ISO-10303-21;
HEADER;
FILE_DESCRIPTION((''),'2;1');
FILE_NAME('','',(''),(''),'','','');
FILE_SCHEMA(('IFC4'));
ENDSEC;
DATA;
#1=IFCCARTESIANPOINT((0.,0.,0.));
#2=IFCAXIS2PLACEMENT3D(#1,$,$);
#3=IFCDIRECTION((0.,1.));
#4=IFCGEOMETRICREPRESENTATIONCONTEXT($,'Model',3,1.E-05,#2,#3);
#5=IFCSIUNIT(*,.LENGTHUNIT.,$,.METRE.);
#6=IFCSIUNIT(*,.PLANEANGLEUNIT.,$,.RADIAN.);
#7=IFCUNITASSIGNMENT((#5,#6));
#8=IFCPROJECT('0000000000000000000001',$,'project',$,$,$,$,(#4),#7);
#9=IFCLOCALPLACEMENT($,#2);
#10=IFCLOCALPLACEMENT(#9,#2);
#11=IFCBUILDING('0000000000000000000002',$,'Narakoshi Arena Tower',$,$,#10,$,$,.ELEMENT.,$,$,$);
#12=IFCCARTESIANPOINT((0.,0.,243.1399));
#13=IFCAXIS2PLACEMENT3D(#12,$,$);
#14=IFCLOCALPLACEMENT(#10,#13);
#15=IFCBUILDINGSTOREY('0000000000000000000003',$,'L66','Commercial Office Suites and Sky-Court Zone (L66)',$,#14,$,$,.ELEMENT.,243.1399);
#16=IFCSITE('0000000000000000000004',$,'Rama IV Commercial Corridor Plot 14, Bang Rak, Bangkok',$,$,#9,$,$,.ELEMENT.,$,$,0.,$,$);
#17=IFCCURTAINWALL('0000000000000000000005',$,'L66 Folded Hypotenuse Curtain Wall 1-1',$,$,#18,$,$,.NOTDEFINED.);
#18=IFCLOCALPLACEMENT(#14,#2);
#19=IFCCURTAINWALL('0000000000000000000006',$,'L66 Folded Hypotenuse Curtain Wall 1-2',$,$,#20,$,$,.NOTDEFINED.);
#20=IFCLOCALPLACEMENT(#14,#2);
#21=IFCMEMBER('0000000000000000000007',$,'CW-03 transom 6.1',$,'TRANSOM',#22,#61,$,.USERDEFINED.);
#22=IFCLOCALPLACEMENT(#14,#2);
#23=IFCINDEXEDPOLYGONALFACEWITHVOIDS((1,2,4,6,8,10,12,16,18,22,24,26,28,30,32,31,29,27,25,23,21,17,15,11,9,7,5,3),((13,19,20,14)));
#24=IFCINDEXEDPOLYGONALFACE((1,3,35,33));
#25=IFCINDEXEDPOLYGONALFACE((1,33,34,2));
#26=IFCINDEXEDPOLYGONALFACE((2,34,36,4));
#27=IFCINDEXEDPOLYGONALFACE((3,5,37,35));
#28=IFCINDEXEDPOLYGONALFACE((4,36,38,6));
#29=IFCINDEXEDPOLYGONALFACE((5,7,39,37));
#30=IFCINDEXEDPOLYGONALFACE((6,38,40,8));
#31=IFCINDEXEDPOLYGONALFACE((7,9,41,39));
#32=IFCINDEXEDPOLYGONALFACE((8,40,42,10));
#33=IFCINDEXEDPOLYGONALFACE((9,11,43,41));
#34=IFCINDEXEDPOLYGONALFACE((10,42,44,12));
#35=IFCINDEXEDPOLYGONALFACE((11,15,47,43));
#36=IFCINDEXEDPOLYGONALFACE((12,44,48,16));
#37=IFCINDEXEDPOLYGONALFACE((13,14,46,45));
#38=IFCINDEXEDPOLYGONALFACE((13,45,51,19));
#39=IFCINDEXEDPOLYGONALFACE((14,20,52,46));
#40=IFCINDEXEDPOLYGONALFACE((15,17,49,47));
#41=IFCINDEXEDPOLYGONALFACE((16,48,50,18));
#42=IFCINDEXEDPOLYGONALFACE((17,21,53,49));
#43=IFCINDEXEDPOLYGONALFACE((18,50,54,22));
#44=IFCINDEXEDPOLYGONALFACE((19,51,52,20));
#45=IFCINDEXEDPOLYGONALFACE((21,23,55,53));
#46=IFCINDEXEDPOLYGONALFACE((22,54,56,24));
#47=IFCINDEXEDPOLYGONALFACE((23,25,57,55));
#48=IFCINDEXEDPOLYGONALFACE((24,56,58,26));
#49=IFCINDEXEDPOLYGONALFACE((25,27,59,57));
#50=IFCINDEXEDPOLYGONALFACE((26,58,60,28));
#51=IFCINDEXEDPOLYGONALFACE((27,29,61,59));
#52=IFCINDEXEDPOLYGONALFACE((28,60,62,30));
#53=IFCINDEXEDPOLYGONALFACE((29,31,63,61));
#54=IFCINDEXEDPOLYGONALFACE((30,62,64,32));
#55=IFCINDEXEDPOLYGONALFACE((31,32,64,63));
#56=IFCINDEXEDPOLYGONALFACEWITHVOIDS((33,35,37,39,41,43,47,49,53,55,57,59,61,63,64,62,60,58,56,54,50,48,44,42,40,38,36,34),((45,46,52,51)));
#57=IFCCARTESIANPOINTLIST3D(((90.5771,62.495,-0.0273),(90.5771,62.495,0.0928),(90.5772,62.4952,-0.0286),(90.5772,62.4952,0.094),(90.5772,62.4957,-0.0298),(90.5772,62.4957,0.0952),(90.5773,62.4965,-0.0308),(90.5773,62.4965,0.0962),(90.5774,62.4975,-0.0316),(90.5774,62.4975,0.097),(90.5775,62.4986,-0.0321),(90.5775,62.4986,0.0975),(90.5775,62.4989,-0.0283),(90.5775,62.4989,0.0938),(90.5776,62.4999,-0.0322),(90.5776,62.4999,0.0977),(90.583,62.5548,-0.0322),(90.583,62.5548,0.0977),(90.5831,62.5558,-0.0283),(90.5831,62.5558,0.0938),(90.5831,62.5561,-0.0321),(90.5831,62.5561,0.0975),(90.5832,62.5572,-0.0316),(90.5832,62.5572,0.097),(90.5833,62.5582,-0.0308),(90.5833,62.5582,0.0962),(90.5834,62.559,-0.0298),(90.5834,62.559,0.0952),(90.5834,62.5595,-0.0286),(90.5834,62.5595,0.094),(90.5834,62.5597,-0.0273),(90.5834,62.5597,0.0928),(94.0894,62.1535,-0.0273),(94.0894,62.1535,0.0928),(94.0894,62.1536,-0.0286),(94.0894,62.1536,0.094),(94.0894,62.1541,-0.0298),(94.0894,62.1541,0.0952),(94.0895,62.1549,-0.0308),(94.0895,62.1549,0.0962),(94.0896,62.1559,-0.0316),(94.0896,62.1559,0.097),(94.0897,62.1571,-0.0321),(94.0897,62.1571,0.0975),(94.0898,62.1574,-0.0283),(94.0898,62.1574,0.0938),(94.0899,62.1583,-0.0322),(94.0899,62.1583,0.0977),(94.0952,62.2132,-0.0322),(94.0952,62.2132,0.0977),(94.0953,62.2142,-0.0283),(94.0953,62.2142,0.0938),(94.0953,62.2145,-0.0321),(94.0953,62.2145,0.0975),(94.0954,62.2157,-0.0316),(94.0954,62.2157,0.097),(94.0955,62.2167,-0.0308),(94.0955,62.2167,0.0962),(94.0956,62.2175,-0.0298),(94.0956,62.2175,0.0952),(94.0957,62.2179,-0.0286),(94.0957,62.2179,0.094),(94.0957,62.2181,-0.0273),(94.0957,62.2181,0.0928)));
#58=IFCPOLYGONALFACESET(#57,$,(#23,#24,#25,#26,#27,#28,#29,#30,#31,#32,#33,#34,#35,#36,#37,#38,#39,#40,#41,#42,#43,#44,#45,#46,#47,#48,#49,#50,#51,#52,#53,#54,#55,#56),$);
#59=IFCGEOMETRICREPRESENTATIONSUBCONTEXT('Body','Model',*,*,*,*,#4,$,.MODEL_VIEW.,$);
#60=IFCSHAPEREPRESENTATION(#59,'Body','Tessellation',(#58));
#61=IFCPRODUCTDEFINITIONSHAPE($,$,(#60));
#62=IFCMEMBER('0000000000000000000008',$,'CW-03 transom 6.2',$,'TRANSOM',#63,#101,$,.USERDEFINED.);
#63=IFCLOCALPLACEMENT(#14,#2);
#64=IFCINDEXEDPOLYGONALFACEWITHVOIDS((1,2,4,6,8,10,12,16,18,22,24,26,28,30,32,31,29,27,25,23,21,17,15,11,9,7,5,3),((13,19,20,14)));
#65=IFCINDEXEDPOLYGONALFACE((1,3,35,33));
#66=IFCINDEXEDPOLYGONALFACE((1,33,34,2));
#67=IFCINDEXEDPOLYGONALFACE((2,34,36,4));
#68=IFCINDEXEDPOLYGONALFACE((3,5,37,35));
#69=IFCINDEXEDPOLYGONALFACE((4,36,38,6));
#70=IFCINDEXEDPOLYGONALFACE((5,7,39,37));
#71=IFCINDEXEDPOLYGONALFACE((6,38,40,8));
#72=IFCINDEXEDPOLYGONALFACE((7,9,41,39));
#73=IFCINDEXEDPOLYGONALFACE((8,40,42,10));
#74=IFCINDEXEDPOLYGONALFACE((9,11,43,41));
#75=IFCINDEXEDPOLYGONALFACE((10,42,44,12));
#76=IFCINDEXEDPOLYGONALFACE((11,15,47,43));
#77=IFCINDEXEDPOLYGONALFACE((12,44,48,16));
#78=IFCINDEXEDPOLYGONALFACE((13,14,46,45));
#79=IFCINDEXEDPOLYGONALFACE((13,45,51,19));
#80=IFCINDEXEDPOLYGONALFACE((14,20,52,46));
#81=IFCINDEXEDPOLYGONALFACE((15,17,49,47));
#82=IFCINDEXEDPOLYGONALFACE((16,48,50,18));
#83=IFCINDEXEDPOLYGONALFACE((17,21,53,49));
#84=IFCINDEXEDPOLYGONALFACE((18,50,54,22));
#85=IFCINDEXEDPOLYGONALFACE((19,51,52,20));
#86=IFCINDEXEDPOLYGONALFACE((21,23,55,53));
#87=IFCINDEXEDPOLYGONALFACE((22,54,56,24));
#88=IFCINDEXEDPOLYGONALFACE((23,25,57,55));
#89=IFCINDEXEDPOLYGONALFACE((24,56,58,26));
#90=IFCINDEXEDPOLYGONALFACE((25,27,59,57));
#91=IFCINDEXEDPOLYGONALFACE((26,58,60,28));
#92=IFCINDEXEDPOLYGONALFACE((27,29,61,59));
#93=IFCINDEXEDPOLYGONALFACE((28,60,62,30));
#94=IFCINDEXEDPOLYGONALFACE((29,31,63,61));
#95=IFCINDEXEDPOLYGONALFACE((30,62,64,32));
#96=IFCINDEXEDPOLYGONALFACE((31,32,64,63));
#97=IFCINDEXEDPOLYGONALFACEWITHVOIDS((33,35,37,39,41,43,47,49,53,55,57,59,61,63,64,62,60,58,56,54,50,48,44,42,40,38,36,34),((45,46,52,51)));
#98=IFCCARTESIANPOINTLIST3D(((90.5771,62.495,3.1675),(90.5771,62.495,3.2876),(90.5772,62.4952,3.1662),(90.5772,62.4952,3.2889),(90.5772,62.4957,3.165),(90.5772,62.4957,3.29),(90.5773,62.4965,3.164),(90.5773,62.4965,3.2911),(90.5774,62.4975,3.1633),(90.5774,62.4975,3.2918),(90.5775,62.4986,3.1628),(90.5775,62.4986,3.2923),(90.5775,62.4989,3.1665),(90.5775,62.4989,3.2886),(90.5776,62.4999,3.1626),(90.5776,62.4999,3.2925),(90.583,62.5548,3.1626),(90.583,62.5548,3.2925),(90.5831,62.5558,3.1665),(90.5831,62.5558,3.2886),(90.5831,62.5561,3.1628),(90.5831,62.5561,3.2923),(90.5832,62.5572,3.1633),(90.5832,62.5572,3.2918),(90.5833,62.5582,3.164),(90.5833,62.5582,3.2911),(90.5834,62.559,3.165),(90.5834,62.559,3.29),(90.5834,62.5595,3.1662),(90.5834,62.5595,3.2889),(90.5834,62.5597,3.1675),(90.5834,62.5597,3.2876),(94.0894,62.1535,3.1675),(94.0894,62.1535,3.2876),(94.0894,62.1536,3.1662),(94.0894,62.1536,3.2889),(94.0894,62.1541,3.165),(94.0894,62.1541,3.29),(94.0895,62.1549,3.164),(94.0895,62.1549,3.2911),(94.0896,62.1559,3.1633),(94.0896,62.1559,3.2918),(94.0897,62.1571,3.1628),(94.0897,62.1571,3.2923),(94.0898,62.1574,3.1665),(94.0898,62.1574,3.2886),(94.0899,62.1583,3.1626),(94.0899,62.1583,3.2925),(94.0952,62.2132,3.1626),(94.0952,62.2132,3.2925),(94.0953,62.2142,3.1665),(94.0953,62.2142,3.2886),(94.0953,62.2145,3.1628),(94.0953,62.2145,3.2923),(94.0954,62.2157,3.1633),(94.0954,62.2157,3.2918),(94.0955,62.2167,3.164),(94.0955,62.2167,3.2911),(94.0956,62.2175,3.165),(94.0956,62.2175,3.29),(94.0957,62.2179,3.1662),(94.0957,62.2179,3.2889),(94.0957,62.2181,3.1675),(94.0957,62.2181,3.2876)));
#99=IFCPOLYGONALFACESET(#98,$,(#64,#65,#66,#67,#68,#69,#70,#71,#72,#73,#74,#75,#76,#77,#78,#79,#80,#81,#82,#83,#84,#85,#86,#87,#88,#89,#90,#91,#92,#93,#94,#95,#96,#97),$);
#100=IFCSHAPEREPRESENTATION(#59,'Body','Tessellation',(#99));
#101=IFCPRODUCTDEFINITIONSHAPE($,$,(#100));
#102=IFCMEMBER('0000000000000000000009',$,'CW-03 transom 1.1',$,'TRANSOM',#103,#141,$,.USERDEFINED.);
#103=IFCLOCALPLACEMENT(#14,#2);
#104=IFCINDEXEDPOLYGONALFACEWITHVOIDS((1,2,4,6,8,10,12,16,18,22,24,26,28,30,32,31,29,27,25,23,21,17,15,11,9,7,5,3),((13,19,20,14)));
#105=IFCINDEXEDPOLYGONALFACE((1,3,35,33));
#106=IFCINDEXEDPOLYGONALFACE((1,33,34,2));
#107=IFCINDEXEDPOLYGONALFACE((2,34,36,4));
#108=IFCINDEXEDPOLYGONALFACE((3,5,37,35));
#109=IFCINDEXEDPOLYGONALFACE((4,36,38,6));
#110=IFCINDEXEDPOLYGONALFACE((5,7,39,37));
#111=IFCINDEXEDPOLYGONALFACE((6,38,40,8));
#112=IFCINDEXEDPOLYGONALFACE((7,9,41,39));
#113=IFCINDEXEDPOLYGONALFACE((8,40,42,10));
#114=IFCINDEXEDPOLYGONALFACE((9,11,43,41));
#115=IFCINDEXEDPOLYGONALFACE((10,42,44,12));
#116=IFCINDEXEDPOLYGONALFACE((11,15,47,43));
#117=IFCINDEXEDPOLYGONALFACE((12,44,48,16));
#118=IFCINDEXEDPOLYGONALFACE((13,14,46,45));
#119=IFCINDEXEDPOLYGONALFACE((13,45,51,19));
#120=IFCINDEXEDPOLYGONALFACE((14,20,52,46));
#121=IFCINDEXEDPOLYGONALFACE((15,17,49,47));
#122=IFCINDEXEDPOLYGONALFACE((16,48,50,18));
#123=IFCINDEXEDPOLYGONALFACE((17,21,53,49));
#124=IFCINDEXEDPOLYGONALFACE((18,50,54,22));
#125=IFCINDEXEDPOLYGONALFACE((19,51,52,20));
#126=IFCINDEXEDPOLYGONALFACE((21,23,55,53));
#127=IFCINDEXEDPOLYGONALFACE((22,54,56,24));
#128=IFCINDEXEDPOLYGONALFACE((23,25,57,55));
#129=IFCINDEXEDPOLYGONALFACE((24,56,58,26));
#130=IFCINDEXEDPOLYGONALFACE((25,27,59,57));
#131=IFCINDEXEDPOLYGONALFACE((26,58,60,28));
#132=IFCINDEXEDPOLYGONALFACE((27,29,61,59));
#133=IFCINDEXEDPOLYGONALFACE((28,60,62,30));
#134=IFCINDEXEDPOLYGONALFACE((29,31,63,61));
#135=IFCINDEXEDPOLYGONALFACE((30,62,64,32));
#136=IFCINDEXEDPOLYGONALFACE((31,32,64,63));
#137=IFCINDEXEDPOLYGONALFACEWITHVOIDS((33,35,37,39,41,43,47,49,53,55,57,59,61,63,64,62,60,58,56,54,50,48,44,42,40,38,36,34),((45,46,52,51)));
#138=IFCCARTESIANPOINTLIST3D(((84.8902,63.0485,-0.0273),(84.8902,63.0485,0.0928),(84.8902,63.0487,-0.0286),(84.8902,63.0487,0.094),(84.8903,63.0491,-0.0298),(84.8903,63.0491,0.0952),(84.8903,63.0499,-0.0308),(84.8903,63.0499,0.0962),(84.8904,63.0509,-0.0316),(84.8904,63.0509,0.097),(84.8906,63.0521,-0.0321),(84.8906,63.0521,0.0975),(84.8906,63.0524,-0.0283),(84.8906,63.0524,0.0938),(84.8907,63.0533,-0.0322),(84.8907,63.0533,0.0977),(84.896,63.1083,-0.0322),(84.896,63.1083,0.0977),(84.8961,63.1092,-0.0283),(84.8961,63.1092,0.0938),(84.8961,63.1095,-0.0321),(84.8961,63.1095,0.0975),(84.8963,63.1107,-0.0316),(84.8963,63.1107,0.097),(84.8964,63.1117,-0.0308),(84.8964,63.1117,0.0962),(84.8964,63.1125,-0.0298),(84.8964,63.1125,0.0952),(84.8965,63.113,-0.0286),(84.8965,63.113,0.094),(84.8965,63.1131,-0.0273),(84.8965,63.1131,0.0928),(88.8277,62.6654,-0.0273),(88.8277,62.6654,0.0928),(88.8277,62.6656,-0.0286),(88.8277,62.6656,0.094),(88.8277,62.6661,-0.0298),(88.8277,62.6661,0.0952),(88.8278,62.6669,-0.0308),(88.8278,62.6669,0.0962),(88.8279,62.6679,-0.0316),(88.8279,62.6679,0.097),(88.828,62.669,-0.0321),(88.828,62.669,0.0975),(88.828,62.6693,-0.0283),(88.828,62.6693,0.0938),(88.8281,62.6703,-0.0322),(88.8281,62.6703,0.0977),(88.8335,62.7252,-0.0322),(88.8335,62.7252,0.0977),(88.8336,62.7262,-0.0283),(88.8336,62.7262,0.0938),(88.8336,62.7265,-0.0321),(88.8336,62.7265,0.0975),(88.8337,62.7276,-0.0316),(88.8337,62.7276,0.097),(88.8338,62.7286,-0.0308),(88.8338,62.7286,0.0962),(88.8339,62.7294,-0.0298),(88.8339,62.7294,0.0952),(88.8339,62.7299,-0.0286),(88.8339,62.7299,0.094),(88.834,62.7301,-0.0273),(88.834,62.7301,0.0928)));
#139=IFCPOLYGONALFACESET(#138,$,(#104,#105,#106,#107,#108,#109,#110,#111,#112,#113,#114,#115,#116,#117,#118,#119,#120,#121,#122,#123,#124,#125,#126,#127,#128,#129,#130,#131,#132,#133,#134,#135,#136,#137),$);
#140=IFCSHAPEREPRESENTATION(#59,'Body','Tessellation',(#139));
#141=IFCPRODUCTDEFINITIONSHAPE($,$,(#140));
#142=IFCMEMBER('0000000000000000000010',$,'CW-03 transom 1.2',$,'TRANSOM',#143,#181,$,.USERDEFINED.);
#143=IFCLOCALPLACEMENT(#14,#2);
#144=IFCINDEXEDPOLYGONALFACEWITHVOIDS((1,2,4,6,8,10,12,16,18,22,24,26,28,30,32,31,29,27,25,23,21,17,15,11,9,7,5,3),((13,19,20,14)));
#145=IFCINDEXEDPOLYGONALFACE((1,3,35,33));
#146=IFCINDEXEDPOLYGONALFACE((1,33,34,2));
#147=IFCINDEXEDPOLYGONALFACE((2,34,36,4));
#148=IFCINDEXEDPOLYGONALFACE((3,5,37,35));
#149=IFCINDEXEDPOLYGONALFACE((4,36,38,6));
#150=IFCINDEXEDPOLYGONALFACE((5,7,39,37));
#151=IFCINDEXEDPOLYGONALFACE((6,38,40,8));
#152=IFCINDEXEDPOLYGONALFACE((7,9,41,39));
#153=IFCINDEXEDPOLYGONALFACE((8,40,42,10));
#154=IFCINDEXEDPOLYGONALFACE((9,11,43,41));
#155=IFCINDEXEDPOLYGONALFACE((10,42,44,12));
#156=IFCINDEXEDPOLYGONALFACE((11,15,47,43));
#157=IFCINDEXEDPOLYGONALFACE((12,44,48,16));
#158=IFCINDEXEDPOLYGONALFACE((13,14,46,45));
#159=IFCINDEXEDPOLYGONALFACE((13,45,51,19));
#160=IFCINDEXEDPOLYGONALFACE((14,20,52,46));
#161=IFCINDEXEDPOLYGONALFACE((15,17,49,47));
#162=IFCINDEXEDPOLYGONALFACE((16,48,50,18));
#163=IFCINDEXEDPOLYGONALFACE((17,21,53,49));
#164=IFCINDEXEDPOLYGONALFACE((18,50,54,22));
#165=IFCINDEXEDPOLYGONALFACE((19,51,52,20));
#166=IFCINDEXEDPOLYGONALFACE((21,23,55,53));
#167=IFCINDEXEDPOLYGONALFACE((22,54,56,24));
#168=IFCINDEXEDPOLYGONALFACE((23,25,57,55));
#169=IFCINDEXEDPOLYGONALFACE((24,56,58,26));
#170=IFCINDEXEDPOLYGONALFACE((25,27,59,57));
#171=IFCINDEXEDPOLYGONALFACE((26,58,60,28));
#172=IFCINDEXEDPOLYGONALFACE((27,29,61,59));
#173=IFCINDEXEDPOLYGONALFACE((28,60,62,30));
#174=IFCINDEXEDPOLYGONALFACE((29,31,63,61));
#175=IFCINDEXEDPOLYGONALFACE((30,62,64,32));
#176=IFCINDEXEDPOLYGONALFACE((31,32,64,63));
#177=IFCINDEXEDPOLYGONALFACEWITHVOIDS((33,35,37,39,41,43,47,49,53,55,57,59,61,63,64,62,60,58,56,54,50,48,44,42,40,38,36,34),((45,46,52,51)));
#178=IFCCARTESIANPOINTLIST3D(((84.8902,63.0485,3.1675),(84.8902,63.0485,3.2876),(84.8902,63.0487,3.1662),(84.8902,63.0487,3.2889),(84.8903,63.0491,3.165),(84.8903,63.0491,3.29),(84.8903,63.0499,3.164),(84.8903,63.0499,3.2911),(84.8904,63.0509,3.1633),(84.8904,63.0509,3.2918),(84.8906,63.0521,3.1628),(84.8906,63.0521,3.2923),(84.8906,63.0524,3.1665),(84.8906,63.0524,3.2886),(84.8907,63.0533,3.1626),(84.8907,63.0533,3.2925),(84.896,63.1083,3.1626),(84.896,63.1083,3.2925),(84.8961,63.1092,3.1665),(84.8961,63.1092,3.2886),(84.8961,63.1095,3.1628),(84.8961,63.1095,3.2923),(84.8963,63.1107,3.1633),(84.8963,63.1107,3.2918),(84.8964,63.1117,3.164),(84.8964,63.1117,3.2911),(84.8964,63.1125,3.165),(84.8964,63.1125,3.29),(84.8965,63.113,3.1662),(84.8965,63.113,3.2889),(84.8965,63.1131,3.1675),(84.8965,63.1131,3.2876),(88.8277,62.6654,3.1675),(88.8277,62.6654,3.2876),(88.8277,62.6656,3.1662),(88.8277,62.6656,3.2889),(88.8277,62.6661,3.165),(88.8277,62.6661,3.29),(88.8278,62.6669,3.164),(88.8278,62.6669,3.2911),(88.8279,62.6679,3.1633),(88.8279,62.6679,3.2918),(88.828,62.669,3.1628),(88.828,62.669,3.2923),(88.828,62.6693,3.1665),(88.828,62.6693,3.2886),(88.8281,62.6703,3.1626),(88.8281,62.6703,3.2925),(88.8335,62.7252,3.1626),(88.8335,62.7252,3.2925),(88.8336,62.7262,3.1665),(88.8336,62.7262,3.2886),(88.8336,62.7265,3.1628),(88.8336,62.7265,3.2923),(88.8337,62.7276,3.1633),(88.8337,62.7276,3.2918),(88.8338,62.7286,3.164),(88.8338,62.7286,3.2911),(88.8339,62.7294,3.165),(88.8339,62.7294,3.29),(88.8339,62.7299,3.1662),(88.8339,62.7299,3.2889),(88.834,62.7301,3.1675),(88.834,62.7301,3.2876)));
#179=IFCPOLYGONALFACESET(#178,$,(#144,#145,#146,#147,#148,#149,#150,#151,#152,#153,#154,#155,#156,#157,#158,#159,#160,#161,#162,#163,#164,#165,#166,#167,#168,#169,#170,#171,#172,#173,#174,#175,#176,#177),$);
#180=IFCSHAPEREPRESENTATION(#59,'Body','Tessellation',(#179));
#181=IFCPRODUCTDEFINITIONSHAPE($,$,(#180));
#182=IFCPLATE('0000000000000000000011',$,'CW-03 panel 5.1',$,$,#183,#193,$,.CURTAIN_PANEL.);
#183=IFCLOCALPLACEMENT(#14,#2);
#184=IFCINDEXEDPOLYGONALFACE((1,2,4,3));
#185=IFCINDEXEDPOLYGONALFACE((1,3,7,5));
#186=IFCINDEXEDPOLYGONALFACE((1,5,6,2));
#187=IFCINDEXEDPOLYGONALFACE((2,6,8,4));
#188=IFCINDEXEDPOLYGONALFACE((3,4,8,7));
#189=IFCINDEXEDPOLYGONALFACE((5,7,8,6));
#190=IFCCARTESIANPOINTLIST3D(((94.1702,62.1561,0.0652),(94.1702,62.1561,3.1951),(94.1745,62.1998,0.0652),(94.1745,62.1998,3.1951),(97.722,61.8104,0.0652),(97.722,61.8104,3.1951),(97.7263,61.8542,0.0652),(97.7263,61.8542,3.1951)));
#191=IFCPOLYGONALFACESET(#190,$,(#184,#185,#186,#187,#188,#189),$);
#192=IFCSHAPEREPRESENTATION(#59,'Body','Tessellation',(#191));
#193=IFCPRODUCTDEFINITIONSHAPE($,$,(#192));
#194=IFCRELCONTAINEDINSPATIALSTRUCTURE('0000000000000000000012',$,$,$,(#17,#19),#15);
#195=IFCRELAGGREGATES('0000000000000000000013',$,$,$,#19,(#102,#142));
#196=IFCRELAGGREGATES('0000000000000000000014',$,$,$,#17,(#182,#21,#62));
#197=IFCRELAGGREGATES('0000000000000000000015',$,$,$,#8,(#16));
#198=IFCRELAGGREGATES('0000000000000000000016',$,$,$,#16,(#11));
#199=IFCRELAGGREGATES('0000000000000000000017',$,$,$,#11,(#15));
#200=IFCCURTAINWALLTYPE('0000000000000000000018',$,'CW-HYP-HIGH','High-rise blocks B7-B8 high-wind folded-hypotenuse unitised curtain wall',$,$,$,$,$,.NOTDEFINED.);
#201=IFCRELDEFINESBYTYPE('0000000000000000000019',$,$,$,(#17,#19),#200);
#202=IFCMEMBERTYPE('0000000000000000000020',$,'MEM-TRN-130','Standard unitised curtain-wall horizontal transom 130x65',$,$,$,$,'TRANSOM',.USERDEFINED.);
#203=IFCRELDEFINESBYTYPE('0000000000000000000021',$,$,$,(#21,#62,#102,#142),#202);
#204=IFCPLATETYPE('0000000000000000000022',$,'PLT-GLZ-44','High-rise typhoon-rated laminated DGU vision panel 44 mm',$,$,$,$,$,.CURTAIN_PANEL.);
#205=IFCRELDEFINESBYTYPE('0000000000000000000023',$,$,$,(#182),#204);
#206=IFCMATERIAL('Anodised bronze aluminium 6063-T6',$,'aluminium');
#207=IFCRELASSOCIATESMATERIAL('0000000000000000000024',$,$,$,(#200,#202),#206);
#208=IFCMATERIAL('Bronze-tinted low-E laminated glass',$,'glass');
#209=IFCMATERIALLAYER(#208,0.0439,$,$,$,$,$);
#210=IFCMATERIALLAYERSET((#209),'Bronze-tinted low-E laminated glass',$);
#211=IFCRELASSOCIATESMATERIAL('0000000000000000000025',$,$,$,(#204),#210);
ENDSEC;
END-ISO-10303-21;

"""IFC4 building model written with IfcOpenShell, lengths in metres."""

from ifc_helpers import new_model, si_unit, direction, frame, origin, origin_2d, place, context, subcontext, project, spatial, rectangle, hollow_rectangle, extrude, material, layer, layer_set, material_profile, profile_set, type_object, element, aggregate, save


model = new_model("IFC4")

# Units and contexts
model_context = context("Model", 3, precision=1e-05, world=origin(), true_north=direction((0.0, 1.0)))
body_context = subcontext(model_context, "Body", "Model", "MODEL_VIEW")
ifc_project = project(units=[si_unit("LENGTHUNIT", "METRE"), si_unit("PLANEANGLEUNIT", "RADIAN")], contexts=[model_context])

# Site, building, storey
site_placement = place(None, origin())
site = spatial("IfcSite", under=ifc_project, at=site_placement, Name="Rama IV Commercial Corridor Plot 14, Bang Rak, Bangkok", CompositionType="ELEMENT", RefElevation=0.0)
building_placement = place(site_placement, origin())
building = spatial("IfcBuilding", under=site, at=building_placement, Name="Narakoshi Arena Tower", CompositionType="ELEMENT")
storey_placement = place(building_placement, frame((0.0, 0.0, 243.1399)))
storey = spatial("IfcBuildingStorey", under=building, at=storey_placement, Name="L66", Description="Commercial Office Suites and Sky-Court Zone (L66)", CompositionType="ELEMENT", Elevation=243.1399)

# Curtain wall
ifc_material_1 = material(Name="Anodised bronze aluminium 6063-T6", Category="aluminium")
curtain_wall_type = type_object("IfcCurtainWallType", Name="CW-HYP-HIGH", Description="High-rise blocks B7-B8 high-wind folded-hypotenuse unitised curtain wall", PredefinedType="NOTDEFINED", material=ifc_material_1)
curtain_wall_1_placement = place(storey_placement, origin())
curtain_wall_1 = element("IfcCurtainWall", 1, at=curtain_wall_1_placement, inside=storey, type_object=curtain_wall_type, Name="L66 Folded Hypotenuse Curtain Wall 1-1", PredefinedType="NOTDEFINED")

# Curtain wall
curtain_wall_2_placement = place(storey_placement, origin())
curtain_wall_2 = element("IfcCurtainWall", 2, at=curtain_wall_2_placement, inside=storey, type_object=curtain_wall_type, Name="L66 Folded Hypotenuse Curtain Wall 1-2", PredefinedType="NOTDEFINED")

# Members
ifc_material_profile_1 = material_profile(ifc_material_1, hollow_rectangle(XDim=0.0649, YDim=0.1299, WallThickness=0.0039, OuterFilletRadius=0.0049, at=origin_2d()), Name="TRN130x65x4")
ifc_profile_set_1 = profile_set([ifc_material_profile_1], Name="Anodised bronze aluminium 6063-T6")
member_type_1 = type_object("IfcMemberType", Name="MEM-TRN-130", Description="Standard unitised curtain-wall horizontal transom 130x65", ElementType="TRANSOM", PredefinedType="USERDEFINED", material=ifc_profile_set_1)
member_1_placement = place(storey_placement, frame((94.0925, 62.1858, 0.0327), z_axis=(-0.995305, 0.096791, 0.0), x_axis=(-0.096791, -0.995305, 0.0)))
member_1 = element("IfcMember", 3, at=member_1_placement, type_object=member_type_1, Name="CW-03 transom 6.1", ObjectType="TRANSOM", PredefinedType="USERDEFINED", context=body_context, shape_type="SweptSolid", body=[
    extrude(hollow_rectangle(XDim=0.0649, YDim=0.1299, WallThickness=0.0039, OuterFilletRadius=0.0049, at=origin_2d()), origin(), (0.0, 0.0, 1.0), 3.5288),
])
member_2_placement = place(storey_placement, frame((94.0925, 62.1858, 3.2275), z_axis=(-0.995305, 0.096791, 0.0), x_axis=(-0.096791, -0.995305, 0.0)))
member_2 = element("IfcMember", 4, at=member_2_placement, type_object=member_type_1, Name="CW-03 transom 6.2", ObjectType="TRANSOM", PredefinedType="USERDEFINED", context=body_context, shape_type="SweptSolid", body=[
    extrude(hollow_rectangle(XDim=0.0649, YDim=0.1299, WallThickness=0.0039, OuterFilletRadius=0.0049, at=origin_2d()), origin(), (0.0, 0.0, 1.0), 3.5288),
])
member_3_placement = place(storey_placement, frame((88.8308, 62.6978, 0.0327), z_axis=(-0.995301, 0.096827, 0.0), x_axis=(-0.096827, -0.995301, 0.0)))
member_3 = element("IfcMember", 5, at=member_3_placement, type_object=member_type_1, Name="CW-03 transom 1.1", ObjectType="TRANSOM", PredefinedType="USERDEFINED", context=body_context, shape_type="SweptSolid", body=[
    extrude(hollow_rectangle(XDim=0.0649, YDim=0.1299, WallThickness=0.0039, OuterFilletRadius=0.0049, at=origin_2d()), origin(), (0.0, 0.0, 1.0), 3.9561),
])
member_4_placement = place(storey_placement, frame((88.8308, 62.6978, 3.2275), z_axis=(-0.995301, 0.096827, 0.0), x_axis=(-0.096827, -0.995301, 0.0)))
member_4 = element("IfcMember", 6, at=member_4_placement, type_object=member_type_1, Name="CW-03 transom 1.2", ObjectType="TRANSOM", PredefinedType="USERDEFINED", context=body_context, shape_type="SweptSolid", body=[
    extrude(hollow_rectangle(XDim=0.0649, YDim=0.1299, WallThickness=0.0039, OuterFilletRadius=0.0049, at=origin_2d()), origin(), (0.0, 0.0, 1.0), 3.9561),
])
aggregate(curtain_wall_2, [member_3, member_4])

# Plate
ifc_material_2 = material(Name="Bronze-tinted low-E laminated glass", Category="glass")
ifc_layer_1 = layer(ifc_material_2, 0.0439)
ifc_layer_set_1 = layer_set([ifc_layer_1], Name="Bronze-tinted low-E laminated glass")
plate_type = type_object("IfcPlateType", Name="PLT-GLZ-44", Description="High-rise typhoon-rated laminated DGU vision panel 44 mm", PredefinedType="CURTAIN_PANEL", material=ifc_layer_set_1)
plate_1_placement = place(storey_placement, frame((95.9482, 62.0051, 0.0652), z_axis=(0.0, 0.0, 1.0), x_axis=(-0.995299, 0.096851, 0.0)))
plate_1 = element("IfcPlate", 7, at=plate_1_placement, type_object=plate_type, Name="CW-03 panel 5.1", PredefinedType="CURTAIN_PANEL", context=body_context, shape_type="SweptSolid", body=[
    extrude(rectangle(XDim=3.5686, YDim=0.0439, at=origin_2d()), origin(), (0.0, 0.0, 1.0), 3.1299),
])
aggregate(curtain_wall_1, [plate_1, member_1, member_2])

save(model, "model.ifc")
